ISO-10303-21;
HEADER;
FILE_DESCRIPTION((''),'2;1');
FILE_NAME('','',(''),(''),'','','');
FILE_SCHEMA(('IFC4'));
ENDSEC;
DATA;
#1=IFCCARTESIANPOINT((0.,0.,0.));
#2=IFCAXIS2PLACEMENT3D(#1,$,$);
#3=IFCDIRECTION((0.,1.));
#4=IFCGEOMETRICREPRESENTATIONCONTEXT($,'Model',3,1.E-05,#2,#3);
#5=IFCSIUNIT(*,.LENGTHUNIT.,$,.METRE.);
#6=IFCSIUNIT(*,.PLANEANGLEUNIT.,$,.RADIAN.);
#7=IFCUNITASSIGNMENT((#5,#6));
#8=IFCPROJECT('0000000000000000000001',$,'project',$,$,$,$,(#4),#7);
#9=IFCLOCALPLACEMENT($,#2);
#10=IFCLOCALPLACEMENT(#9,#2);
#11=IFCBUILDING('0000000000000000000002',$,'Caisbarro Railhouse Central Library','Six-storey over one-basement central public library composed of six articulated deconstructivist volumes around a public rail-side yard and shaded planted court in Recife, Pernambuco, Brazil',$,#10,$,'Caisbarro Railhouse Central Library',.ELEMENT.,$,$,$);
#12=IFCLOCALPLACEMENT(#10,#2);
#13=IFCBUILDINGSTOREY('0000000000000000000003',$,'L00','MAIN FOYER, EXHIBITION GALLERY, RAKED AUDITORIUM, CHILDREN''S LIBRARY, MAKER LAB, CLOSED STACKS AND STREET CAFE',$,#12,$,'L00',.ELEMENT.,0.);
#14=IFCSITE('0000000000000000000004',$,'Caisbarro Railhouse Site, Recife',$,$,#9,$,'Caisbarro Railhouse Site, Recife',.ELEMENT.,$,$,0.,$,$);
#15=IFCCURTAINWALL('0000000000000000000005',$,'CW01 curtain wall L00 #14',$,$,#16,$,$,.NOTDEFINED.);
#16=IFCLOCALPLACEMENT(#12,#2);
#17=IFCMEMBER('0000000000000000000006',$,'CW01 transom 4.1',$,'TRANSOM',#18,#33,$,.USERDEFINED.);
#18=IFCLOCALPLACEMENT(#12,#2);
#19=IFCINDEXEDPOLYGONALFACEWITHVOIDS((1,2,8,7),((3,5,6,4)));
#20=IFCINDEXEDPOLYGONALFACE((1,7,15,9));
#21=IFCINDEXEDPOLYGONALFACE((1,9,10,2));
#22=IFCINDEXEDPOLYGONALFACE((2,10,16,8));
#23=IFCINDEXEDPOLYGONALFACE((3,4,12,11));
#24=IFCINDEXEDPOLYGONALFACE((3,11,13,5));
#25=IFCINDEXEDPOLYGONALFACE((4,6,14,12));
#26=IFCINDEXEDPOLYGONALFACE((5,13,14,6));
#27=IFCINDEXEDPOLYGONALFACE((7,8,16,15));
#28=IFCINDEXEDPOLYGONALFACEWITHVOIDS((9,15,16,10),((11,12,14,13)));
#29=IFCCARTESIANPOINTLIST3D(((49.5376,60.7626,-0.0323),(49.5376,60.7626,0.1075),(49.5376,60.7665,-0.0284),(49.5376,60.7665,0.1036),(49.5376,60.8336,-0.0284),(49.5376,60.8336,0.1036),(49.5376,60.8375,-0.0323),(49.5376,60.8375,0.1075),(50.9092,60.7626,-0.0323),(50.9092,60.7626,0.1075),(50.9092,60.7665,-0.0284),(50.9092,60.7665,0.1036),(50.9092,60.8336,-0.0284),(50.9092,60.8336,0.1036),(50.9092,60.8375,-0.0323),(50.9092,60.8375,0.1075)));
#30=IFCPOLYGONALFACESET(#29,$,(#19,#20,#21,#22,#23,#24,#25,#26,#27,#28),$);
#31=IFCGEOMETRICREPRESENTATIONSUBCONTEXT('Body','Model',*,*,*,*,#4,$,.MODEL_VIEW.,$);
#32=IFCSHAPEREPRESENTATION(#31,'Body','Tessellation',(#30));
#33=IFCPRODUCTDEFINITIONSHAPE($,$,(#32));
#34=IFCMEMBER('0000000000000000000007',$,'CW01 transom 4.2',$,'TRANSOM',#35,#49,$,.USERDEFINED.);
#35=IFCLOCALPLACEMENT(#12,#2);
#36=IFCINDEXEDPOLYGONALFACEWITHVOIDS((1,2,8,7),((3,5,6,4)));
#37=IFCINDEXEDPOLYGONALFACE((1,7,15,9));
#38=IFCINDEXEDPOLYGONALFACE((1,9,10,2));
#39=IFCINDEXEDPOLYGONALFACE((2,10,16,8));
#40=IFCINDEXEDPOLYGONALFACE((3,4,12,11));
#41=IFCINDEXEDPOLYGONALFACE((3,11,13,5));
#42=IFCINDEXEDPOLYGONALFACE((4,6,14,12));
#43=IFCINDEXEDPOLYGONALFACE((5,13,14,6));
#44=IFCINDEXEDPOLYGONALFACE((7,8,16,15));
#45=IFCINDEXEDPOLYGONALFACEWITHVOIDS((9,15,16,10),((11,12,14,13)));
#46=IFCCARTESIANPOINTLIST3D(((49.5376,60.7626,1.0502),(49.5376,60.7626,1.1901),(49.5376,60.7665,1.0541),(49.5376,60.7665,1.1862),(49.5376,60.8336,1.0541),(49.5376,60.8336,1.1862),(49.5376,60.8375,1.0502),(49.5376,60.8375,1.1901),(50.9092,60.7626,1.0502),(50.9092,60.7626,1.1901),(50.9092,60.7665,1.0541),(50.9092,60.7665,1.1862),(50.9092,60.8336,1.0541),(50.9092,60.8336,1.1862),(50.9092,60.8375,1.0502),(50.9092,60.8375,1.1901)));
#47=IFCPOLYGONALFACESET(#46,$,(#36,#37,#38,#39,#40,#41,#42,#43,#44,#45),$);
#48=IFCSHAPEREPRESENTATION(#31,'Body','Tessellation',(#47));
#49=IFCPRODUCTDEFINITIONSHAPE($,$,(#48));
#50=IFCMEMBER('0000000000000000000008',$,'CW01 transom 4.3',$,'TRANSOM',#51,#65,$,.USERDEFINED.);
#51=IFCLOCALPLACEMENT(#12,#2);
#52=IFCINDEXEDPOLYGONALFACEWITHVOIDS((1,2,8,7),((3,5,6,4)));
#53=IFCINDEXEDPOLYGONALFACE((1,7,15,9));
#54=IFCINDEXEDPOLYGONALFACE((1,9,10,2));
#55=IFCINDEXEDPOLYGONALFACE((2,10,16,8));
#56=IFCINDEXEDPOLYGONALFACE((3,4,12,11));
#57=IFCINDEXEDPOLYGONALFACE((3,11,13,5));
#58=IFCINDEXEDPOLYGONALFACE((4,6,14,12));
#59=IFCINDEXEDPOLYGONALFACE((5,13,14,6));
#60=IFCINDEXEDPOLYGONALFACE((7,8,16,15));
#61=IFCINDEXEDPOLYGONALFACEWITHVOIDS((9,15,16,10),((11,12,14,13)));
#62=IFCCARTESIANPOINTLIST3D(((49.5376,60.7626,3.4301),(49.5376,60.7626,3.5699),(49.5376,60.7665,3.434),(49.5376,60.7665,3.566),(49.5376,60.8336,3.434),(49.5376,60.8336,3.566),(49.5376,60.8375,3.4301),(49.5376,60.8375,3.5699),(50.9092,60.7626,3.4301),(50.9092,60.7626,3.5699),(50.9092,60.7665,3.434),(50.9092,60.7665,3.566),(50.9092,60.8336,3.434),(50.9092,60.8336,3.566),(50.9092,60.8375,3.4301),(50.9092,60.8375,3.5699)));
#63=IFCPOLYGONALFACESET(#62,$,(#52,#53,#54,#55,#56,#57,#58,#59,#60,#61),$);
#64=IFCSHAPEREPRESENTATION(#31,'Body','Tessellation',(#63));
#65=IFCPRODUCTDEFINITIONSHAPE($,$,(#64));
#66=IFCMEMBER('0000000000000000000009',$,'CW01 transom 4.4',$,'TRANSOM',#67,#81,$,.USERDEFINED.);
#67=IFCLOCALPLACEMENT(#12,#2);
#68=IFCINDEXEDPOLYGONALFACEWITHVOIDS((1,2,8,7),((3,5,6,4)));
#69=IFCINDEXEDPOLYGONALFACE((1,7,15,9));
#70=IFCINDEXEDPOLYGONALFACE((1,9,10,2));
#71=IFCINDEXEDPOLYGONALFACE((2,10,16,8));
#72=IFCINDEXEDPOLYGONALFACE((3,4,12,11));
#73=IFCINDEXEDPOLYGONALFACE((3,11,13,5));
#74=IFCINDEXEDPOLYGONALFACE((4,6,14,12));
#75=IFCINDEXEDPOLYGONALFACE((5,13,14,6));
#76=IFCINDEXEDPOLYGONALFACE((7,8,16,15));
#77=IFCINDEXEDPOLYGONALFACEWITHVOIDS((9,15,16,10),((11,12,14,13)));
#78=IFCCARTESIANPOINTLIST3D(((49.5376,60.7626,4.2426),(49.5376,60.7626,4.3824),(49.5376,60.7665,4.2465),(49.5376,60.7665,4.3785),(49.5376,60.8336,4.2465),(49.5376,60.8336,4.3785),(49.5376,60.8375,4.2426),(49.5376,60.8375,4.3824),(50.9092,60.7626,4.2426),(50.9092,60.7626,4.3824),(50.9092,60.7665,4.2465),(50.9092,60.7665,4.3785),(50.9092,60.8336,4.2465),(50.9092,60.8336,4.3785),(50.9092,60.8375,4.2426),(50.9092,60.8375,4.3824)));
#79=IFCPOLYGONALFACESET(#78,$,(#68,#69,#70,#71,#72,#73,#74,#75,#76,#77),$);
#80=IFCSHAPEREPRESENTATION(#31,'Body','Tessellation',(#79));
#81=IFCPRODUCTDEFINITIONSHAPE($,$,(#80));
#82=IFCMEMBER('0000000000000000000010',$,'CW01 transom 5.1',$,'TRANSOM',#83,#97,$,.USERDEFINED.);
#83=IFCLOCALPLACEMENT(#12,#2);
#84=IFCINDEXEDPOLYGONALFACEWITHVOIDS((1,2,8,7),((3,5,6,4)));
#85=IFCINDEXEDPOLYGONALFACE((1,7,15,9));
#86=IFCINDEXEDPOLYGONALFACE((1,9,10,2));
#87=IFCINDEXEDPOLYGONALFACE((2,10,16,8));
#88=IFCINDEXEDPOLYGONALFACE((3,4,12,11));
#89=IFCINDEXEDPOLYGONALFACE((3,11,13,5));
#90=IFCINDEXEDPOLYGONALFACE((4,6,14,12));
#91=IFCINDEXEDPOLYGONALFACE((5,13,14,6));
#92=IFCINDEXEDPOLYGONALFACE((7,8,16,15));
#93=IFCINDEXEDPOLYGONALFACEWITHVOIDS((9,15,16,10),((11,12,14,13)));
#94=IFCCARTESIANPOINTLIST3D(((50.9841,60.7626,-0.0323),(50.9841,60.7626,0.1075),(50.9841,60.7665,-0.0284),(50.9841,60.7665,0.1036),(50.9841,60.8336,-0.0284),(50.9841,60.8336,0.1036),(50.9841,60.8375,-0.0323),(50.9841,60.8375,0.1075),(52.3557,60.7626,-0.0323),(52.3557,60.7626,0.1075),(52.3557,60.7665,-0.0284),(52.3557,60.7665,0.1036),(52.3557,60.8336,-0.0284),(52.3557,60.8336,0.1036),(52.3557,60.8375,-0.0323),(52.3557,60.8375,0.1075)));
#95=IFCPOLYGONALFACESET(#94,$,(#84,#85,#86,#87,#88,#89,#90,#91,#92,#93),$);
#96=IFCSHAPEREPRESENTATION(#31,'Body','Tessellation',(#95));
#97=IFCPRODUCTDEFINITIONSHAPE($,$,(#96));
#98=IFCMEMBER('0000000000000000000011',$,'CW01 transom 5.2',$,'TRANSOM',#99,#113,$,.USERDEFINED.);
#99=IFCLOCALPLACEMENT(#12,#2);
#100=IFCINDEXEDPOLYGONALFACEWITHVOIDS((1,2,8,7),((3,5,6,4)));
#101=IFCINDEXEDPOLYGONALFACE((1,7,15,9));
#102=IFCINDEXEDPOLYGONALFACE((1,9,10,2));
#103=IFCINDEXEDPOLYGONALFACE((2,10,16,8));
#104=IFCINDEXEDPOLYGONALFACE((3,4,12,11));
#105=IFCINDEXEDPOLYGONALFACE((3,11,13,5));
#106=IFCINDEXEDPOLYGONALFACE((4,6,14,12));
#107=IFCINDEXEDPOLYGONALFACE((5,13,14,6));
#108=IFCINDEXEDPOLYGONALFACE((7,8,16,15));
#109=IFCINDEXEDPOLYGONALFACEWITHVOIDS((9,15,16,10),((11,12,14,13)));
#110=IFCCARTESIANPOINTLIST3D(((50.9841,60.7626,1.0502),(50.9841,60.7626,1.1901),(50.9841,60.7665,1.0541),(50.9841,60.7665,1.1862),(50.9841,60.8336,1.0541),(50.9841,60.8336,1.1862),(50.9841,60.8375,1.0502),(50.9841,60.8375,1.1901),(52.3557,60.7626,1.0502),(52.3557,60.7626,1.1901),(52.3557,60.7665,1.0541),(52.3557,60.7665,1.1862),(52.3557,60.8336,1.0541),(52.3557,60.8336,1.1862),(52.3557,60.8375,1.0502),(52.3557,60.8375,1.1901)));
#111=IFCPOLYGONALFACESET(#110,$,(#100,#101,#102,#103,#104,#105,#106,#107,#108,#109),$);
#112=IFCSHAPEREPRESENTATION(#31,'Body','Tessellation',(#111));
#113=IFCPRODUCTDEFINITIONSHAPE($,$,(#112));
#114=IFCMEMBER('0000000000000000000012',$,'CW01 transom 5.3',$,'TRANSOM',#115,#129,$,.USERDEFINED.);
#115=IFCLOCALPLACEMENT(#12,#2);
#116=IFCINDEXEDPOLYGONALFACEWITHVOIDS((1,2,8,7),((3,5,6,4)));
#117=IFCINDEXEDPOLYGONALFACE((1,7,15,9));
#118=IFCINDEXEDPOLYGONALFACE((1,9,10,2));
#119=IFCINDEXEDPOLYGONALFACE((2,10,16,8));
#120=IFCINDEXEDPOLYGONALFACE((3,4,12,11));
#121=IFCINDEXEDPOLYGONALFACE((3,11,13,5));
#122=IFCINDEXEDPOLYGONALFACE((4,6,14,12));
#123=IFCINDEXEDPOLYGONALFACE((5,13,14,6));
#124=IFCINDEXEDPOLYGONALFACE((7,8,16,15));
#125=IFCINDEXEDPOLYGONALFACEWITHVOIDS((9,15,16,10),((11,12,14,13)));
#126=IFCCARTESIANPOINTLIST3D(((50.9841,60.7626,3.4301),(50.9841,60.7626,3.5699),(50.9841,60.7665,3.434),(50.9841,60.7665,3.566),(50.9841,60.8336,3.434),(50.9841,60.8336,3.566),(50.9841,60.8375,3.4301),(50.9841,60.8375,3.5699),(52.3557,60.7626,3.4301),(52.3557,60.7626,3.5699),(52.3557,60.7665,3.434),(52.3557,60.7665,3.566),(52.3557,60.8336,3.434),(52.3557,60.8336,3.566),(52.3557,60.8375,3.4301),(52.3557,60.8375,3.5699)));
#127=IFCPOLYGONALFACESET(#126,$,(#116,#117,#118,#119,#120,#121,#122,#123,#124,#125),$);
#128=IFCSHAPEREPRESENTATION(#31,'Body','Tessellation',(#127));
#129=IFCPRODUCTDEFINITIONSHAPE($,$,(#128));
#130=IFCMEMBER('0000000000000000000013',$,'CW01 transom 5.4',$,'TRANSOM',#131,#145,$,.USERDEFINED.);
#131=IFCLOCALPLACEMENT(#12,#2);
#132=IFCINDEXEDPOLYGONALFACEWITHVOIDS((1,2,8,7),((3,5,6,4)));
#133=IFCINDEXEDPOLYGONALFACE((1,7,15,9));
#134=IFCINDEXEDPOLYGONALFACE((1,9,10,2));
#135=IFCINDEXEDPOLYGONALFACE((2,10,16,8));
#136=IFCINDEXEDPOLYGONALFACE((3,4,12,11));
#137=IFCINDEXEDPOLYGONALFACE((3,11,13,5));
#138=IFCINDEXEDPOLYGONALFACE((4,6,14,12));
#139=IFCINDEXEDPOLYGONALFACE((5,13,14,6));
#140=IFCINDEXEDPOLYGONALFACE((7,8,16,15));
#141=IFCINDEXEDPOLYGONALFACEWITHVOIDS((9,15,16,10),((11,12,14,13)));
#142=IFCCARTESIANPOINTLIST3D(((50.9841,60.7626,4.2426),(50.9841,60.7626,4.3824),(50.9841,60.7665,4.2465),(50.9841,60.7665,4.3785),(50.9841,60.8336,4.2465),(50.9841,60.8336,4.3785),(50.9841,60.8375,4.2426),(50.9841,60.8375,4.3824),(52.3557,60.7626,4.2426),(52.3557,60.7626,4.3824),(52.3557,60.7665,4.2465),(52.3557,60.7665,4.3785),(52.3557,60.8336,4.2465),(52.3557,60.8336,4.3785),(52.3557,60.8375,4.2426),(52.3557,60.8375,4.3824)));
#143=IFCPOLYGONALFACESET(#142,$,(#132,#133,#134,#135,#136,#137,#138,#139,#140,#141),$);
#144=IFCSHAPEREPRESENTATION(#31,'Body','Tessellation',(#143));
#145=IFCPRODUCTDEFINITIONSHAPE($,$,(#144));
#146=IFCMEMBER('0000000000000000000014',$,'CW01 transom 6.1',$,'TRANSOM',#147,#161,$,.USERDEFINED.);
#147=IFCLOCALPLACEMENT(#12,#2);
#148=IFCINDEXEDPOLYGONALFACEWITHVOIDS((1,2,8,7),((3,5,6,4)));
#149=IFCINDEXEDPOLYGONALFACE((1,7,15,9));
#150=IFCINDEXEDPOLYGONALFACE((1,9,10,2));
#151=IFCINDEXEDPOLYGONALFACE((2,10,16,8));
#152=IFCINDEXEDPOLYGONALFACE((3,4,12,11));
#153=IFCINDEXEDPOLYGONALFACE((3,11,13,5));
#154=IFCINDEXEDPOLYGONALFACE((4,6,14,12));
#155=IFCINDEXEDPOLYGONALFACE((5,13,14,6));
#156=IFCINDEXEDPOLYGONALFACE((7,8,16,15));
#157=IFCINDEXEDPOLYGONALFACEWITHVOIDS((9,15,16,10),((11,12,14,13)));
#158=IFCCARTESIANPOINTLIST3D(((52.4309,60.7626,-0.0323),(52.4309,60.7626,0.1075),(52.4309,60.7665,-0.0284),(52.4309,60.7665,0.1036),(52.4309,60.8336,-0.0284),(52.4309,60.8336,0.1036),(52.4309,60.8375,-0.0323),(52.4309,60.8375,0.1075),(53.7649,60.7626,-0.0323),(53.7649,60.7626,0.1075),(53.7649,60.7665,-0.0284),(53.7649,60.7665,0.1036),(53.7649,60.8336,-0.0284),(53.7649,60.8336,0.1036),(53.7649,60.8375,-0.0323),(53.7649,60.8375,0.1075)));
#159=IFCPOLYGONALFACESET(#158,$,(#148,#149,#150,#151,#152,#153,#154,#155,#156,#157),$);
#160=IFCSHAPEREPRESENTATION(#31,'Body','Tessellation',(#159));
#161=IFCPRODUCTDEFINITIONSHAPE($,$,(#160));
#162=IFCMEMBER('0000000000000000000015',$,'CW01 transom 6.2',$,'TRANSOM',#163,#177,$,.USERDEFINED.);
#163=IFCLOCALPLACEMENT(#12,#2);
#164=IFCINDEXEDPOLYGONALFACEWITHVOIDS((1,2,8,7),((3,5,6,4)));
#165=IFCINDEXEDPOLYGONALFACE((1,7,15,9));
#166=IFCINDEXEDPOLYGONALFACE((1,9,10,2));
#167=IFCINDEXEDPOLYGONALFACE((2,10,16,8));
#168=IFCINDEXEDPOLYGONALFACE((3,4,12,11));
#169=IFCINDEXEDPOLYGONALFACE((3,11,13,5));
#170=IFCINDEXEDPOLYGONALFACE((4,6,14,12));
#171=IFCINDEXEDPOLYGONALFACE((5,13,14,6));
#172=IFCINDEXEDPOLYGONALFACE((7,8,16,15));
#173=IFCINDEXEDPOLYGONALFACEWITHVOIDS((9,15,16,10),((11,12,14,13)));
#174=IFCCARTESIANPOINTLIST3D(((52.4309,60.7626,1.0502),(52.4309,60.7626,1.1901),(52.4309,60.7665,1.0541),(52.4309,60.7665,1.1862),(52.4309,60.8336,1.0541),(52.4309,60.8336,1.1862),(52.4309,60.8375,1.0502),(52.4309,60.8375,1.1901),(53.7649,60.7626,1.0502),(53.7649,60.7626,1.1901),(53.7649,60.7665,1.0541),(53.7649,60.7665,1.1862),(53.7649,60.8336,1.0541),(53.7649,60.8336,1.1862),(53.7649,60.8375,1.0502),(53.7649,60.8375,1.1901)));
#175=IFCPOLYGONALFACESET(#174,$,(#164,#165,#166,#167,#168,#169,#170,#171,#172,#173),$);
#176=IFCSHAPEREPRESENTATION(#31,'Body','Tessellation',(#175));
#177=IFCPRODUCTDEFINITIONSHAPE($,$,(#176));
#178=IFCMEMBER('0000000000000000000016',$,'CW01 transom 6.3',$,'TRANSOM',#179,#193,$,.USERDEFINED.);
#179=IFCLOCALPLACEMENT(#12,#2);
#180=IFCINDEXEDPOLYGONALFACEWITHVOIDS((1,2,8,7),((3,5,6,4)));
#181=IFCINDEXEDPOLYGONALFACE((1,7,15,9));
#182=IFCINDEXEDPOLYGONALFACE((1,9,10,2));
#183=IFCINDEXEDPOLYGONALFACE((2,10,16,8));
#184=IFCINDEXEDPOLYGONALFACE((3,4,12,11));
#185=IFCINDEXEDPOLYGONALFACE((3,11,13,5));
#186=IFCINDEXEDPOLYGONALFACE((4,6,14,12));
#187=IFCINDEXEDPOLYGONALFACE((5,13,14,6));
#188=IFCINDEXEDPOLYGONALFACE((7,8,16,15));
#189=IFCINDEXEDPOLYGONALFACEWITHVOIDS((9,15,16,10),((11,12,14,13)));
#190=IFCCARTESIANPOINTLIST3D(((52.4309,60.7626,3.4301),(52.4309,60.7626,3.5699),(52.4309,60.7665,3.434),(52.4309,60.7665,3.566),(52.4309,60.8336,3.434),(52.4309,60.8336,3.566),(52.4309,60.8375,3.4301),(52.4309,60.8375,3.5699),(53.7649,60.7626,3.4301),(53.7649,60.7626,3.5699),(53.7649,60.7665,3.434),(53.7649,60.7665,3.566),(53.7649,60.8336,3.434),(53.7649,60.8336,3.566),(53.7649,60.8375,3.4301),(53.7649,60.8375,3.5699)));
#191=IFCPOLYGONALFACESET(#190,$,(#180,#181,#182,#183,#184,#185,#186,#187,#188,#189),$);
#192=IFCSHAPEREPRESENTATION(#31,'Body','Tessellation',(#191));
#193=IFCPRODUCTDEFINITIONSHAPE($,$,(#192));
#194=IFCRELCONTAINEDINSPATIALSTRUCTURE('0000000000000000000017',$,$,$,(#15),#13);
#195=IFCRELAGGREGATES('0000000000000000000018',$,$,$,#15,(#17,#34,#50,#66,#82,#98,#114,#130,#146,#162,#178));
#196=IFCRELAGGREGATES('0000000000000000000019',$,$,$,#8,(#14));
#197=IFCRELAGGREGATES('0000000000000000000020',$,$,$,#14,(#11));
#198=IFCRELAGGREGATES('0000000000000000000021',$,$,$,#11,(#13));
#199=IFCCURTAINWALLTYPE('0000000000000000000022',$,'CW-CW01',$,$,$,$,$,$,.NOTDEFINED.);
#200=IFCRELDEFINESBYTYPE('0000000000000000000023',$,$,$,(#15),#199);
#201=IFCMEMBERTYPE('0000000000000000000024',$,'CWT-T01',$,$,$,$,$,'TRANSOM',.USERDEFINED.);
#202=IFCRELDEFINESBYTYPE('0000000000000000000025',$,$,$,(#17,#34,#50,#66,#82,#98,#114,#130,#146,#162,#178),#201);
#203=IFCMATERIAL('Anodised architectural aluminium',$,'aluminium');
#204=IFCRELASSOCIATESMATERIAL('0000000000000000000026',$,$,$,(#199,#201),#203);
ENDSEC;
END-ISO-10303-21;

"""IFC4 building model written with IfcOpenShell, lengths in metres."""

from ifc_helpers import new_model, si_unit, direction, frame, origin, origin_2d, place, context, subcontext, project, spatial, hollow_rectangle, extrude, material, material_profile, profile_set, type_object, element, aggregate, save


model = new_model("IFC4")

# Units and contexts
model_context = context("Model", 3, precision=1e-05, world=origin(), true_north=direction((0.0, 1.0)))
body_context = subcontext(model_context, "Body", "Model", "MODEL_VIEW")
ifc_project = project(units=[si_unit("LENGTHUNIT", "METRE"), si_unit("PLANEANGLEUNIT", "RADIAN")], contexts=[model_context])

# Site, building, storey
site_placement = place(None, origin())
site = spatial("IfcSite", under=ifc_project, at=site_placement, Name="Caisbarro Railhouse Site, Recife", LongName="Caisbarro Railhouse Site, Recife", CompositionType="ELEMENT", RefElevation=0.0)
building_placement = place(site_placement, origin())
building = spatial("IfcBuilding", under=site, at=building_placement, Name="Caisbarro Railhouse Central Library", Description="Six-storey over one-basement central public library composed of six articulated deconstructivist volumes around a public rail-side yard and shaded planted court in Recife, Pernambuco, Brazil", LongName="Caisbarro Railhouse Central Library", CompositionType="ELEMENT")
storey_placement = place(building_placement, origin())
storey = spatial("IfcBuildingStorey", under=building, at=storey_placement, Name="L00", Description="MAIN FOYER, EXHIBITION GALLERY, RAKED AUDITORIUM, CHILDREN'S LIBRARY, MAKER LAB, CLOSED STACKS AND STREET CAFE", LongName="L00", CompositionType="ELEMENT", Elevation=0.0)

# Curtain wall
ifc_material_1 = material(Name="Anodised architectural aluminium", Category="aluminium")
curtain_wall_type = type_object("IfcCurtainWallType", Name="CW-CW01", PredefinedType="NOTDEFINED", material=ifc_material_1)
curtain_wall_1_placement = place(storey_placement, origin())
curtain_wall_1 = element("IfcCurtainWall", 1, at=curtain_wall_1_placement, inside=storey, type_object=curtain_wall_type, Name="CW01 curtain wall L00 #14", PredefinedType="NOTDEFINED")

# Members
ifc_material_profile_1 = material_profile(ifc_material_1, hollow_rectangle(XDim=0.075, YDim=0.1399, WallThickness=0.0039, at=origin_2d()), Name="ALU-TRN-75X140")
ifc_profile_set_1 = profile_set([ifc_material_profile_1], Name="Anodised architectural aluminium")
member_type_1 = type_object("IfcMemberType", Name="CWT-T01", ElementType="TRANSOM", PredefinedType="USERDEFINED", material=ifc_profile_set_1)
member_1_placement = place(storey_placement, frame((49.5376, 60.8, 0.0376), z_axis=(1.0, 0.0, 0.0), x_axis=(0.0, 1.0, 0.0)))
member_1 = element("IfcMember", 2, at=member_1_placement, type_object=member_type_1, Name="CW01 transom 4.1", ObjectType="TRANSOM", PredefinedType="USERDEFINED", context=body_context, shape_type="SweptSolid", body=[
    extrude(hollow_rectangle(XDim=0.075, YDim=0.1399, WallThickness=0.0039, at=origin_2d()), origin(), (0.0, 0.0, 1.0), 1.3716),
])
member_2_placement = place(storey_placement, frame((49.5376, 60.8, 1.1201), z_axis=(1.0, 0.0, 0.0), x_axis=(0.0, 1.0, 0.0)))
member_2 = element("IfcMember", 3, at=member_2_placement, type_object=member_type_1, Name="CW01 transom 4.2", ObjectType="TRANSOM", PredefinedType="USERDEFINED", context=body_context, shape_type="SweptSolid", body=[
    extrude(hollow_rectangle(XDim=0.075, YDim=0.1399, WallThickness=0.0039, at=origin_2d()), origin(), (0.0, 0.0, 1.0), 1.3716),
])
member_3_placement = place(storey_placement, frame((49.5376, 60.8, 3.5), z_axis=(1.0, 0.0, 0.0), x_axis=(0.0, 1.0, 0.0)))
member_3 = element("IfcMember", 4, at=member_3_placement, type_object=member_type_1, Name="CW01 transom 4.3", ObjectType="TRANSOM", PredefinedType="USERDEFINED", context=body_context, shape_type="SweptSolid", body=[
    extrude(hollow_rectangle(XDim=0.075, YDim=0.1399, WallThickness=0.0039, at=origin_2d()), origin(), (0.0, 0.0, 1.0), 1.3716),
])
member_4_placement = place(storey_placement, frame((49.5376, 60.8, 4.3125), z_axis=(1.0, 0.0, 0.0), x_axis=(0.0, 1.0, 0.0)))
member_4 = element("IfcMember", 5, at=member_4_placement, type_object=member_type_1, Name="CW01 transom 4.4", ObjectType="TRANSOM", PredefinedType="USERDEFINED", context=body_context, shape_type="SweptSolid", body=[
    extrude(hollow_rectangle(XDim=0.075, YDim=0.1399, WallThickness=0.0039, at=origin_2d()), origin(), (0.0, 0.0, 1.0), 1.3716),
])
member_5_placement = place(storey_placement, frame((50.9841, 60.8, 0.0376), z_axis=(1.0, 0.0, 0.0), x_axis=(0.0, 1.0, 0.0)))
member_5 = element("IfcMember", 6, at=member_5_placement, type_object=member_type_1, Name="CW01 transom 5.1", ObjectType="TRANSOM", PredefinedType="USERDEFINED", context=body_context, shape_type="SweptSolid", body=[
    extrude(hollow_rectangle(XDim=0.075, YDim=0.1399, WallThickness=0.0039, at=origin_2d()), origin(), (0.0, 0.0, 1.0), 1.3716),
])
member_6_placement = place(storey_placement, frame((50.9841, 60.8, 1.1201), z_axis=(1.0, 0.0, 0.0), x_axis=(0.0, 1.0, 0.0)))
member_6 = element("IfcMember", 7, at=member_6_placement, type_object=member_type_1, Name="CW01 transom 5.2", ObjectType="TRANSOM", PredefinedType="USERDEFINED", context=body_context, shape_type="SweptSolid", body=[
    extrude(hollow_rectangle(XDim=0.075, YDim=0.1399, WallThickness=0.0039, at=origin_2d()), origin(), (0.0, 0.0, 1.0), 1.3716),
])
member_7_placement = place(storey_placement, frame((50.9841, 60.8, 3.5), z_axis=(1.0, 0.0, 0.0), x_axis=(0.0, 1.0, 0.0)))
member_7 = element("IfcMember", 8, at=member_7_placement, type_object=member_type_1, Name="CW01 transom 5.3", ObjectType="TRANSOM", PredefinedType="USERDEFINED", context=body_context, shape_type="SweptSolid", body=[
    extrude(hollow_rectangle(XDim=0.075, YDim=0.1399, WallThickness=0.0039, at=origin_2d()), origin(), (0.0, 0.0, 1.0), 1.3716),
])
member_8_placement = place(storey_placement, frame((50.9841, 60.8, 4.3125), z_axis=(1.0, 0.0, 0.0), x_axis=(0.0, 1.0, 0.0)))
member_8 = element("IfcMember", 9, at=member_8_placement, type_object=member_type_1, Name="CW01 transom 5.4", ObjectType="TRANSOM", PredefinedType="USERDEFINED", context=body_context, shape_type="SweptSolid", body=[
    extrude(hollow_rectangle(XDim=0.075, YDim=0.1399, WallThickness=0.0039, at=origin_2d()), origin(), (0.0, 0.0, 1.0), 1.3716),
])
member_9_placement = place(storey_placement, frame((52.4309, 60.8, 0.0376), z_axis=(1.0, 0.0, 0.0), x_axis=(0.0, 1.0, 0.0)))
member_9 = element("IfcMember", 10, at=member_9_placement, type_object=member_type_1, Name="CW01 transom 6.1", ObjectType="TRANSOM", PredefinedType="USERDEFINED", context=body_context, shape_type="SweptSolid", body=[
    extrude(hollow_rectangle(XDim=0.075, YDim=0.1399, WallThickness=0.0039, at=origin_2d()), origin(), (0.0, 0.0, 1.0), 1.334),
])
member_10_placement = place(storey_placement, frame((52.4309, 60.8, 1.1201), z_axis=(1.0, 0.0, 0.0), x_axis=(0.0, 1.0, 0.0)))
member_10 = element("IfcMember", 11, at=member_10_placement, type_object=member_type_1, Name="CW01 transom 6.2", ObjectType="TRANSOM", PredefinedType="USERDEFINED", context=body_context, shape_type="SweptSolid", body=[
    extrude(hollow_rectangle(XDim=0.075, YDim=0.1399, WallThickness=0.0039, at=origin_2d()), origin(), (0.0, 0.0, 1.0), 1.334),
])
member_11_placement = place(storey_placement, frame((52.4309, 60.8, 3.5), z_axis=(1.0, 0.0, 0.0), x_axis=(0.0, 1.0, 0.0)))
member_11 = element("IfcMember", 12, at=member_11_placement, type_object=member_type_1, Name="CW01 transom 6.3", ObjectType="TRANSOM", PredefinedType="USERDEFINED", context=body_context, shape_type="SweptSolid", body=[
    extrude(hollow_rectangle(XDim=0.075, YDim=0.1399, WallThickness=0.0039, at=origin_2d()), origin(), (0.0, 0.0, 1.0), 1.334),
])

aggregate(curtain_wall_1, [member_1, member_2, member_3, member_4, member_5, member_6, member_7, member_8, member_9, member_10, member_11])

save(model, "model.ifc")
